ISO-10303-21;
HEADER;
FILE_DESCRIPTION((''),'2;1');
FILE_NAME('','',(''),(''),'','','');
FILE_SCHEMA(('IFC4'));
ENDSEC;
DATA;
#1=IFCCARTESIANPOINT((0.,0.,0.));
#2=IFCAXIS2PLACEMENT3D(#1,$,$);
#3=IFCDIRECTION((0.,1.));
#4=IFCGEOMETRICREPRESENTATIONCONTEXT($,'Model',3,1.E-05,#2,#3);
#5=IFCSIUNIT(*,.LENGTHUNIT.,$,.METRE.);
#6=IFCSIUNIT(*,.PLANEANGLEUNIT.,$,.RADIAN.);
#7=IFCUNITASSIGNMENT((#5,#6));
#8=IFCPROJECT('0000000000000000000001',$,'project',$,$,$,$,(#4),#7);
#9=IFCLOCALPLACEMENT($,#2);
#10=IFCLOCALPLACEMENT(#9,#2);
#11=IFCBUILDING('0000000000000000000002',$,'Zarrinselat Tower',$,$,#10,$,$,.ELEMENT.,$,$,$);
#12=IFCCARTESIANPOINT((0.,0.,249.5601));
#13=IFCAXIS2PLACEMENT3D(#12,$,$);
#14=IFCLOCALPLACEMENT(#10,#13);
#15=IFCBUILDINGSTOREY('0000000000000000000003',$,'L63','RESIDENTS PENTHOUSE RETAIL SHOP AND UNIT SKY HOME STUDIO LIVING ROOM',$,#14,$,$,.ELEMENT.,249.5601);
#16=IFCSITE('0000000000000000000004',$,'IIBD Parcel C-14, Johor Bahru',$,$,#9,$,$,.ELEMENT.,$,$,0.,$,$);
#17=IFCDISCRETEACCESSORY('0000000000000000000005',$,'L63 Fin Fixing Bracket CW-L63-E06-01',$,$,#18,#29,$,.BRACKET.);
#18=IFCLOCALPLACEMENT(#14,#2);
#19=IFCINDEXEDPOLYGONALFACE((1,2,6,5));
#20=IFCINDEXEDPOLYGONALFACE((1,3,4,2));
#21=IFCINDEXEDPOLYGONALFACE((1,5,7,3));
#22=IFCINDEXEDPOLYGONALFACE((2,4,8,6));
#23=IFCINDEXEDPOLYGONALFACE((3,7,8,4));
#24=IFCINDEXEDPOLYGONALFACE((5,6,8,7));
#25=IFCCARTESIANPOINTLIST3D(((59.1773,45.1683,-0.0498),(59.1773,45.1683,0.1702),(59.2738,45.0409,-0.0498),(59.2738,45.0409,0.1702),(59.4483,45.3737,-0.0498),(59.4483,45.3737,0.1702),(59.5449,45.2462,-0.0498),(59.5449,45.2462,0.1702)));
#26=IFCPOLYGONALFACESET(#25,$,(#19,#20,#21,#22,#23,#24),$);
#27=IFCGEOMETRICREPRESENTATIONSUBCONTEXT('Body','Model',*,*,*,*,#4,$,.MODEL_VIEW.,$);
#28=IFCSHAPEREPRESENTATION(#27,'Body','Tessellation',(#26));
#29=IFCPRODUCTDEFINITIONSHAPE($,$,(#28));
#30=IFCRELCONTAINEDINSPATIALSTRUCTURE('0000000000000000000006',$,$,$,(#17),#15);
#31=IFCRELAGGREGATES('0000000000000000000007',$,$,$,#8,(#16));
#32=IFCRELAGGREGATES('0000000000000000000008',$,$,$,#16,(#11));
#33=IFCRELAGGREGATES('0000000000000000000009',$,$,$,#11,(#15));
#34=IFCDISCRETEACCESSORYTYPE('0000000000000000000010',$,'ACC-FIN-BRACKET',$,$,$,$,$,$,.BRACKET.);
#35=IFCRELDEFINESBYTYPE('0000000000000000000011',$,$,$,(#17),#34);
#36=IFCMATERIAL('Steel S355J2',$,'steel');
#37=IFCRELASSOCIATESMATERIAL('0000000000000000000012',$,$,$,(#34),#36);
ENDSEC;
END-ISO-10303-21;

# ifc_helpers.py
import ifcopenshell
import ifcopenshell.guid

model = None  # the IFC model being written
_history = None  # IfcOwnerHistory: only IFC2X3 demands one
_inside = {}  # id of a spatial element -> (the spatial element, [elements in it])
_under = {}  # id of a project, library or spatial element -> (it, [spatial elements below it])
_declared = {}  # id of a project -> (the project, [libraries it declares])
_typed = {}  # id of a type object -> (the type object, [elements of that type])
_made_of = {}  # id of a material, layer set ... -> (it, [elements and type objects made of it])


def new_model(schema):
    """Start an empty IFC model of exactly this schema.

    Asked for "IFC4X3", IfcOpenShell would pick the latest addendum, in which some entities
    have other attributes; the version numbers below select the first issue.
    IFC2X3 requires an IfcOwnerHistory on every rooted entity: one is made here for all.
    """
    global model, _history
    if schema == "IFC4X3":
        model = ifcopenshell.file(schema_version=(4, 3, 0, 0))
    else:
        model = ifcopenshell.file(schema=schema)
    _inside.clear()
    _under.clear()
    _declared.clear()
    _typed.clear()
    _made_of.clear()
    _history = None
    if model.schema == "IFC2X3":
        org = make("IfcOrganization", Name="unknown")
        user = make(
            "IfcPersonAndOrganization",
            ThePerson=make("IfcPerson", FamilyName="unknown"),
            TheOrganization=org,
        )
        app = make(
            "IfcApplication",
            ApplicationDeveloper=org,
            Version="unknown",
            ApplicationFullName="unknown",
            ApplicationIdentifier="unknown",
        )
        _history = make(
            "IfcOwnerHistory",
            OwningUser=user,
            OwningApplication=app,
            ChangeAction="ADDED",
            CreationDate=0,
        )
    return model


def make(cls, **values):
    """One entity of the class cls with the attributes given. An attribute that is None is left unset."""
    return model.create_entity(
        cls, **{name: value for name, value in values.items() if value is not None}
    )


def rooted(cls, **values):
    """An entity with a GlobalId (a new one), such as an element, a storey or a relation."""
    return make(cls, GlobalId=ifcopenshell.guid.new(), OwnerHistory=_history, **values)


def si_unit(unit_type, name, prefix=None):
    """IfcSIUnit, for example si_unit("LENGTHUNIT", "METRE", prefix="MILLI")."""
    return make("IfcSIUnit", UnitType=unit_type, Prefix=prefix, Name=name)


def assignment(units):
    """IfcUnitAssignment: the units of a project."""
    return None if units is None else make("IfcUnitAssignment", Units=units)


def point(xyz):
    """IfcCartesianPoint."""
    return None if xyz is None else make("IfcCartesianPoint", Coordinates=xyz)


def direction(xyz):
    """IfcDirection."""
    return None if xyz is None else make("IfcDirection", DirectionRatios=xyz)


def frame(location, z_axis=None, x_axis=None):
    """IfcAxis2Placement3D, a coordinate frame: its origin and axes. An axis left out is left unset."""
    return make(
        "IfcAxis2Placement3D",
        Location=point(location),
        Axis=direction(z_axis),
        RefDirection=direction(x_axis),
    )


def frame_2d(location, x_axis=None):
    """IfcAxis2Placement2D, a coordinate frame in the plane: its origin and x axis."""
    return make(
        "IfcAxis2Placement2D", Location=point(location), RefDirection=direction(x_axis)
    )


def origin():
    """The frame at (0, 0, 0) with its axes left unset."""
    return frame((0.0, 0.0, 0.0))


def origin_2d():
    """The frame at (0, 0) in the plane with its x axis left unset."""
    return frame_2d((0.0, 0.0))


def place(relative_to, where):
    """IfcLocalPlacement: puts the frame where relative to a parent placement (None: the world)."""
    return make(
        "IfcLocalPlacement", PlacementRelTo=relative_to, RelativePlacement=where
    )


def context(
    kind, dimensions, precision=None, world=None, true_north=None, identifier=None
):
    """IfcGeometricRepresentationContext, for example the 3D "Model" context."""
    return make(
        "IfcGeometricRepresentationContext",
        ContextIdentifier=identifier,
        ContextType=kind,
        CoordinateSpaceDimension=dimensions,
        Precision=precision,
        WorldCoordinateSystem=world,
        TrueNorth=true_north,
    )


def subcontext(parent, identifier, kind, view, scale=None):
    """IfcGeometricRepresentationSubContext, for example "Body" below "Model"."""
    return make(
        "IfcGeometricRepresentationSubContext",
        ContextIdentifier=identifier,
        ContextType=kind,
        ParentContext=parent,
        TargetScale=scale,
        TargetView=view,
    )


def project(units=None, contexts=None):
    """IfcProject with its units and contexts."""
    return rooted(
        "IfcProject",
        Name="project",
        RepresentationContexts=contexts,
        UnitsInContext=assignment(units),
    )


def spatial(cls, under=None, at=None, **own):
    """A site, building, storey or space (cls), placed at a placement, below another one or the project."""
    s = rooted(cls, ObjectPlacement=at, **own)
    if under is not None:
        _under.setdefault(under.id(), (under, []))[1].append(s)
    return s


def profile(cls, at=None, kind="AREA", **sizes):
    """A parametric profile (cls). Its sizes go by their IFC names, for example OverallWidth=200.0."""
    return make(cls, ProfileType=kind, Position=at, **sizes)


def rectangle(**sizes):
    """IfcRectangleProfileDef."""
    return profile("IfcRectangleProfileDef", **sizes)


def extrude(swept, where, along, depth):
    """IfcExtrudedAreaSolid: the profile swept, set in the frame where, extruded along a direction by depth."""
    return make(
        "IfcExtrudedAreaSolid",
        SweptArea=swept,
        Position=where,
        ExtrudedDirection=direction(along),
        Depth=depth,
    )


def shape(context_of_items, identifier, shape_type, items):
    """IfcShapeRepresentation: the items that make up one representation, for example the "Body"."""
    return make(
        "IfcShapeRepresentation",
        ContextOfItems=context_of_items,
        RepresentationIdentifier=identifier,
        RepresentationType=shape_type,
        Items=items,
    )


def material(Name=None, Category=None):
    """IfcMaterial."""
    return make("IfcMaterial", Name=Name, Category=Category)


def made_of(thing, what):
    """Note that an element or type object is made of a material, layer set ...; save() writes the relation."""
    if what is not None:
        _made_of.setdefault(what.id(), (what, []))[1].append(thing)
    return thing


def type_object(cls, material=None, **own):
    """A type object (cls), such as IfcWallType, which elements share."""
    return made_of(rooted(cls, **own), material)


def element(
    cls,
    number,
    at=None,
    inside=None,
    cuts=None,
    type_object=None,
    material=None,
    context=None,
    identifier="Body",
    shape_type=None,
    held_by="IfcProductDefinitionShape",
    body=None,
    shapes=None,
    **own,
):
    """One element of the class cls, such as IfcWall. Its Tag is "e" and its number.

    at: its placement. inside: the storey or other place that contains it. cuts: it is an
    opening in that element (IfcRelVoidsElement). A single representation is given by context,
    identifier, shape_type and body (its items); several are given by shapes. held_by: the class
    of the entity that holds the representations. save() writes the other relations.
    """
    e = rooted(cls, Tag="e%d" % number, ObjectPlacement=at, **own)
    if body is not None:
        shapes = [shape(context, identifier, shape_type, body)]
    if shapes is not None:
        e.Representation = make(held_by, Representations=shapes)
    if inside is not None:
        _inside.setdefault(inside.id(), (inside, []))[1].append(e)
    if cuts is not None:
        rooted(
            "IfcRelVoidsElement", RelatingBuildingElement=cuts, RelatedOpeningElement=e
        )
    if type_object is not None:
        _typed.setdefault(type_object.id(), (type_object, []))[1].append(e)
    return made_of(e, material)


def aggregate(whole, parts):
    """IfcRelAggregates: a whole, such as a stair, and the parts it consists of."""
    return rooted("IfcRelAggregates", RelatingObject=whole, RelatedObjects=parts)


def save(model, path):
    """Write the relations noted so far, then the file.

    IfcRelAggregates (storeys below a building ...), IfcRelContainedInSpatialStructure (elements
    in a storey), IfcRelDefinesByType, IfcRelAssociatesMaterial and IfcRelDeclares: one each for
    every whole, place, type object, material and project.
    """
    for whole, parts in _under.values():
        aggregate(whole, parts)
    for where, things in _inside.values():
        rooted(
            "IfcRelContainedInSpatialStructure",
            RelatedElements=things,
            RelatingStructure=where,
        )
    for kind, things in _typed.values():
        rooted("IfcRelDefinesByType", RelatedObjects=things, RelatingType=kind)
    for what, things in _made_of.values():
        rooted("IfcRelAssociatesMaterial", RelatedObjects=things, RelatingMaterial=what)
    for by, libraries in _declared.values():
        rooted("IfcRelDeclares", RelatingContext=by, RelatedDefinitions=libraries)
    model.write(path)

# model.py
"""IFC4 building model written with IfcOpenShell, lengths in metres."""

from ifc_helpers import new_model, si_unit, direction, frame, origin, origin_2d, place, context, subcontext, project, spatial, rectangle, extrude, material, type_object, element, save


model = new_model("IFC4")

# Units and contexts
model_context = context("Model", 3, precision=1e-05, world=origin(), true_north=direction((0.0, 1.0)))
body_context = subcontext(model_context, "Body", "Model", "MODEL_VIEW")
ifc_project = project(units=[si_unit("LENGTHUNIT", "METRE"), si_unit("PLANEANGLEUNIT", "RADIAN")], contexts=[model_context])

# Site, building, storey
site_placement = place(None, origin())
site = spatial("IfcSite", under=ifc_project, at=site_placement, Name="IIBD Parcel C-14, Johor Bahru", CompositionType="ELEMENT", RefElevation=0.0)
building_placement = place(site_placement, origin())
building = spatial("IfcBuilding", under=site, at=building_placement, Name="Zarrinselat Tower", CompositionType="ELEMENT")
storey_placement = place(building_placement, frame((0.0, 0.0, 249.5601)))
storey = spatial("IfcBuildingStorey", under=building, at=storey_placement, Name="L63", Description="RESIDENTS PENTHOUSE RETAIL SHOP AND UNIT SKY HOME STUDIO LIVING ROOM", CompositionType="ELEMENT", Elevation=249.5601)

# Discrete accessory
ifc_material_1 = material(Name="Steel S355J2", Category="steel")
discrete_accessory_type = type_object("IfcDiscreteAccessoryType", Name="ACC-FIN-BRACKET", PredefinedType="BRACKET", material=ifc_material_1)
for number, where, z_axis, x_axis, name in (
    (1, (59.3611, 45.2073, -0.0498), (0.0, 0.0, 1.0), (0.797098, 0.60385, 0.0), "L63 Fin Fixing Bracket CW-L63-E06-01"),
):
    element("IfcDiscreteAccessory", number, at=place(storey_placement, frame(where, z_axis=z_axis, x_axis=x_axis)), inside=storey, type_object=discrete_accessory_type, Name=name, PredefinedType="BRACKET", context=body_context, shape_type="SweptSolid", body=[
        extrude(rectangle(XDim=0.3401, YDim=0.1599, at=origin_2d()), origin(), (0.0, 0.0, 1.0), 0.22),
    ])

save(model, "model.ifc")
